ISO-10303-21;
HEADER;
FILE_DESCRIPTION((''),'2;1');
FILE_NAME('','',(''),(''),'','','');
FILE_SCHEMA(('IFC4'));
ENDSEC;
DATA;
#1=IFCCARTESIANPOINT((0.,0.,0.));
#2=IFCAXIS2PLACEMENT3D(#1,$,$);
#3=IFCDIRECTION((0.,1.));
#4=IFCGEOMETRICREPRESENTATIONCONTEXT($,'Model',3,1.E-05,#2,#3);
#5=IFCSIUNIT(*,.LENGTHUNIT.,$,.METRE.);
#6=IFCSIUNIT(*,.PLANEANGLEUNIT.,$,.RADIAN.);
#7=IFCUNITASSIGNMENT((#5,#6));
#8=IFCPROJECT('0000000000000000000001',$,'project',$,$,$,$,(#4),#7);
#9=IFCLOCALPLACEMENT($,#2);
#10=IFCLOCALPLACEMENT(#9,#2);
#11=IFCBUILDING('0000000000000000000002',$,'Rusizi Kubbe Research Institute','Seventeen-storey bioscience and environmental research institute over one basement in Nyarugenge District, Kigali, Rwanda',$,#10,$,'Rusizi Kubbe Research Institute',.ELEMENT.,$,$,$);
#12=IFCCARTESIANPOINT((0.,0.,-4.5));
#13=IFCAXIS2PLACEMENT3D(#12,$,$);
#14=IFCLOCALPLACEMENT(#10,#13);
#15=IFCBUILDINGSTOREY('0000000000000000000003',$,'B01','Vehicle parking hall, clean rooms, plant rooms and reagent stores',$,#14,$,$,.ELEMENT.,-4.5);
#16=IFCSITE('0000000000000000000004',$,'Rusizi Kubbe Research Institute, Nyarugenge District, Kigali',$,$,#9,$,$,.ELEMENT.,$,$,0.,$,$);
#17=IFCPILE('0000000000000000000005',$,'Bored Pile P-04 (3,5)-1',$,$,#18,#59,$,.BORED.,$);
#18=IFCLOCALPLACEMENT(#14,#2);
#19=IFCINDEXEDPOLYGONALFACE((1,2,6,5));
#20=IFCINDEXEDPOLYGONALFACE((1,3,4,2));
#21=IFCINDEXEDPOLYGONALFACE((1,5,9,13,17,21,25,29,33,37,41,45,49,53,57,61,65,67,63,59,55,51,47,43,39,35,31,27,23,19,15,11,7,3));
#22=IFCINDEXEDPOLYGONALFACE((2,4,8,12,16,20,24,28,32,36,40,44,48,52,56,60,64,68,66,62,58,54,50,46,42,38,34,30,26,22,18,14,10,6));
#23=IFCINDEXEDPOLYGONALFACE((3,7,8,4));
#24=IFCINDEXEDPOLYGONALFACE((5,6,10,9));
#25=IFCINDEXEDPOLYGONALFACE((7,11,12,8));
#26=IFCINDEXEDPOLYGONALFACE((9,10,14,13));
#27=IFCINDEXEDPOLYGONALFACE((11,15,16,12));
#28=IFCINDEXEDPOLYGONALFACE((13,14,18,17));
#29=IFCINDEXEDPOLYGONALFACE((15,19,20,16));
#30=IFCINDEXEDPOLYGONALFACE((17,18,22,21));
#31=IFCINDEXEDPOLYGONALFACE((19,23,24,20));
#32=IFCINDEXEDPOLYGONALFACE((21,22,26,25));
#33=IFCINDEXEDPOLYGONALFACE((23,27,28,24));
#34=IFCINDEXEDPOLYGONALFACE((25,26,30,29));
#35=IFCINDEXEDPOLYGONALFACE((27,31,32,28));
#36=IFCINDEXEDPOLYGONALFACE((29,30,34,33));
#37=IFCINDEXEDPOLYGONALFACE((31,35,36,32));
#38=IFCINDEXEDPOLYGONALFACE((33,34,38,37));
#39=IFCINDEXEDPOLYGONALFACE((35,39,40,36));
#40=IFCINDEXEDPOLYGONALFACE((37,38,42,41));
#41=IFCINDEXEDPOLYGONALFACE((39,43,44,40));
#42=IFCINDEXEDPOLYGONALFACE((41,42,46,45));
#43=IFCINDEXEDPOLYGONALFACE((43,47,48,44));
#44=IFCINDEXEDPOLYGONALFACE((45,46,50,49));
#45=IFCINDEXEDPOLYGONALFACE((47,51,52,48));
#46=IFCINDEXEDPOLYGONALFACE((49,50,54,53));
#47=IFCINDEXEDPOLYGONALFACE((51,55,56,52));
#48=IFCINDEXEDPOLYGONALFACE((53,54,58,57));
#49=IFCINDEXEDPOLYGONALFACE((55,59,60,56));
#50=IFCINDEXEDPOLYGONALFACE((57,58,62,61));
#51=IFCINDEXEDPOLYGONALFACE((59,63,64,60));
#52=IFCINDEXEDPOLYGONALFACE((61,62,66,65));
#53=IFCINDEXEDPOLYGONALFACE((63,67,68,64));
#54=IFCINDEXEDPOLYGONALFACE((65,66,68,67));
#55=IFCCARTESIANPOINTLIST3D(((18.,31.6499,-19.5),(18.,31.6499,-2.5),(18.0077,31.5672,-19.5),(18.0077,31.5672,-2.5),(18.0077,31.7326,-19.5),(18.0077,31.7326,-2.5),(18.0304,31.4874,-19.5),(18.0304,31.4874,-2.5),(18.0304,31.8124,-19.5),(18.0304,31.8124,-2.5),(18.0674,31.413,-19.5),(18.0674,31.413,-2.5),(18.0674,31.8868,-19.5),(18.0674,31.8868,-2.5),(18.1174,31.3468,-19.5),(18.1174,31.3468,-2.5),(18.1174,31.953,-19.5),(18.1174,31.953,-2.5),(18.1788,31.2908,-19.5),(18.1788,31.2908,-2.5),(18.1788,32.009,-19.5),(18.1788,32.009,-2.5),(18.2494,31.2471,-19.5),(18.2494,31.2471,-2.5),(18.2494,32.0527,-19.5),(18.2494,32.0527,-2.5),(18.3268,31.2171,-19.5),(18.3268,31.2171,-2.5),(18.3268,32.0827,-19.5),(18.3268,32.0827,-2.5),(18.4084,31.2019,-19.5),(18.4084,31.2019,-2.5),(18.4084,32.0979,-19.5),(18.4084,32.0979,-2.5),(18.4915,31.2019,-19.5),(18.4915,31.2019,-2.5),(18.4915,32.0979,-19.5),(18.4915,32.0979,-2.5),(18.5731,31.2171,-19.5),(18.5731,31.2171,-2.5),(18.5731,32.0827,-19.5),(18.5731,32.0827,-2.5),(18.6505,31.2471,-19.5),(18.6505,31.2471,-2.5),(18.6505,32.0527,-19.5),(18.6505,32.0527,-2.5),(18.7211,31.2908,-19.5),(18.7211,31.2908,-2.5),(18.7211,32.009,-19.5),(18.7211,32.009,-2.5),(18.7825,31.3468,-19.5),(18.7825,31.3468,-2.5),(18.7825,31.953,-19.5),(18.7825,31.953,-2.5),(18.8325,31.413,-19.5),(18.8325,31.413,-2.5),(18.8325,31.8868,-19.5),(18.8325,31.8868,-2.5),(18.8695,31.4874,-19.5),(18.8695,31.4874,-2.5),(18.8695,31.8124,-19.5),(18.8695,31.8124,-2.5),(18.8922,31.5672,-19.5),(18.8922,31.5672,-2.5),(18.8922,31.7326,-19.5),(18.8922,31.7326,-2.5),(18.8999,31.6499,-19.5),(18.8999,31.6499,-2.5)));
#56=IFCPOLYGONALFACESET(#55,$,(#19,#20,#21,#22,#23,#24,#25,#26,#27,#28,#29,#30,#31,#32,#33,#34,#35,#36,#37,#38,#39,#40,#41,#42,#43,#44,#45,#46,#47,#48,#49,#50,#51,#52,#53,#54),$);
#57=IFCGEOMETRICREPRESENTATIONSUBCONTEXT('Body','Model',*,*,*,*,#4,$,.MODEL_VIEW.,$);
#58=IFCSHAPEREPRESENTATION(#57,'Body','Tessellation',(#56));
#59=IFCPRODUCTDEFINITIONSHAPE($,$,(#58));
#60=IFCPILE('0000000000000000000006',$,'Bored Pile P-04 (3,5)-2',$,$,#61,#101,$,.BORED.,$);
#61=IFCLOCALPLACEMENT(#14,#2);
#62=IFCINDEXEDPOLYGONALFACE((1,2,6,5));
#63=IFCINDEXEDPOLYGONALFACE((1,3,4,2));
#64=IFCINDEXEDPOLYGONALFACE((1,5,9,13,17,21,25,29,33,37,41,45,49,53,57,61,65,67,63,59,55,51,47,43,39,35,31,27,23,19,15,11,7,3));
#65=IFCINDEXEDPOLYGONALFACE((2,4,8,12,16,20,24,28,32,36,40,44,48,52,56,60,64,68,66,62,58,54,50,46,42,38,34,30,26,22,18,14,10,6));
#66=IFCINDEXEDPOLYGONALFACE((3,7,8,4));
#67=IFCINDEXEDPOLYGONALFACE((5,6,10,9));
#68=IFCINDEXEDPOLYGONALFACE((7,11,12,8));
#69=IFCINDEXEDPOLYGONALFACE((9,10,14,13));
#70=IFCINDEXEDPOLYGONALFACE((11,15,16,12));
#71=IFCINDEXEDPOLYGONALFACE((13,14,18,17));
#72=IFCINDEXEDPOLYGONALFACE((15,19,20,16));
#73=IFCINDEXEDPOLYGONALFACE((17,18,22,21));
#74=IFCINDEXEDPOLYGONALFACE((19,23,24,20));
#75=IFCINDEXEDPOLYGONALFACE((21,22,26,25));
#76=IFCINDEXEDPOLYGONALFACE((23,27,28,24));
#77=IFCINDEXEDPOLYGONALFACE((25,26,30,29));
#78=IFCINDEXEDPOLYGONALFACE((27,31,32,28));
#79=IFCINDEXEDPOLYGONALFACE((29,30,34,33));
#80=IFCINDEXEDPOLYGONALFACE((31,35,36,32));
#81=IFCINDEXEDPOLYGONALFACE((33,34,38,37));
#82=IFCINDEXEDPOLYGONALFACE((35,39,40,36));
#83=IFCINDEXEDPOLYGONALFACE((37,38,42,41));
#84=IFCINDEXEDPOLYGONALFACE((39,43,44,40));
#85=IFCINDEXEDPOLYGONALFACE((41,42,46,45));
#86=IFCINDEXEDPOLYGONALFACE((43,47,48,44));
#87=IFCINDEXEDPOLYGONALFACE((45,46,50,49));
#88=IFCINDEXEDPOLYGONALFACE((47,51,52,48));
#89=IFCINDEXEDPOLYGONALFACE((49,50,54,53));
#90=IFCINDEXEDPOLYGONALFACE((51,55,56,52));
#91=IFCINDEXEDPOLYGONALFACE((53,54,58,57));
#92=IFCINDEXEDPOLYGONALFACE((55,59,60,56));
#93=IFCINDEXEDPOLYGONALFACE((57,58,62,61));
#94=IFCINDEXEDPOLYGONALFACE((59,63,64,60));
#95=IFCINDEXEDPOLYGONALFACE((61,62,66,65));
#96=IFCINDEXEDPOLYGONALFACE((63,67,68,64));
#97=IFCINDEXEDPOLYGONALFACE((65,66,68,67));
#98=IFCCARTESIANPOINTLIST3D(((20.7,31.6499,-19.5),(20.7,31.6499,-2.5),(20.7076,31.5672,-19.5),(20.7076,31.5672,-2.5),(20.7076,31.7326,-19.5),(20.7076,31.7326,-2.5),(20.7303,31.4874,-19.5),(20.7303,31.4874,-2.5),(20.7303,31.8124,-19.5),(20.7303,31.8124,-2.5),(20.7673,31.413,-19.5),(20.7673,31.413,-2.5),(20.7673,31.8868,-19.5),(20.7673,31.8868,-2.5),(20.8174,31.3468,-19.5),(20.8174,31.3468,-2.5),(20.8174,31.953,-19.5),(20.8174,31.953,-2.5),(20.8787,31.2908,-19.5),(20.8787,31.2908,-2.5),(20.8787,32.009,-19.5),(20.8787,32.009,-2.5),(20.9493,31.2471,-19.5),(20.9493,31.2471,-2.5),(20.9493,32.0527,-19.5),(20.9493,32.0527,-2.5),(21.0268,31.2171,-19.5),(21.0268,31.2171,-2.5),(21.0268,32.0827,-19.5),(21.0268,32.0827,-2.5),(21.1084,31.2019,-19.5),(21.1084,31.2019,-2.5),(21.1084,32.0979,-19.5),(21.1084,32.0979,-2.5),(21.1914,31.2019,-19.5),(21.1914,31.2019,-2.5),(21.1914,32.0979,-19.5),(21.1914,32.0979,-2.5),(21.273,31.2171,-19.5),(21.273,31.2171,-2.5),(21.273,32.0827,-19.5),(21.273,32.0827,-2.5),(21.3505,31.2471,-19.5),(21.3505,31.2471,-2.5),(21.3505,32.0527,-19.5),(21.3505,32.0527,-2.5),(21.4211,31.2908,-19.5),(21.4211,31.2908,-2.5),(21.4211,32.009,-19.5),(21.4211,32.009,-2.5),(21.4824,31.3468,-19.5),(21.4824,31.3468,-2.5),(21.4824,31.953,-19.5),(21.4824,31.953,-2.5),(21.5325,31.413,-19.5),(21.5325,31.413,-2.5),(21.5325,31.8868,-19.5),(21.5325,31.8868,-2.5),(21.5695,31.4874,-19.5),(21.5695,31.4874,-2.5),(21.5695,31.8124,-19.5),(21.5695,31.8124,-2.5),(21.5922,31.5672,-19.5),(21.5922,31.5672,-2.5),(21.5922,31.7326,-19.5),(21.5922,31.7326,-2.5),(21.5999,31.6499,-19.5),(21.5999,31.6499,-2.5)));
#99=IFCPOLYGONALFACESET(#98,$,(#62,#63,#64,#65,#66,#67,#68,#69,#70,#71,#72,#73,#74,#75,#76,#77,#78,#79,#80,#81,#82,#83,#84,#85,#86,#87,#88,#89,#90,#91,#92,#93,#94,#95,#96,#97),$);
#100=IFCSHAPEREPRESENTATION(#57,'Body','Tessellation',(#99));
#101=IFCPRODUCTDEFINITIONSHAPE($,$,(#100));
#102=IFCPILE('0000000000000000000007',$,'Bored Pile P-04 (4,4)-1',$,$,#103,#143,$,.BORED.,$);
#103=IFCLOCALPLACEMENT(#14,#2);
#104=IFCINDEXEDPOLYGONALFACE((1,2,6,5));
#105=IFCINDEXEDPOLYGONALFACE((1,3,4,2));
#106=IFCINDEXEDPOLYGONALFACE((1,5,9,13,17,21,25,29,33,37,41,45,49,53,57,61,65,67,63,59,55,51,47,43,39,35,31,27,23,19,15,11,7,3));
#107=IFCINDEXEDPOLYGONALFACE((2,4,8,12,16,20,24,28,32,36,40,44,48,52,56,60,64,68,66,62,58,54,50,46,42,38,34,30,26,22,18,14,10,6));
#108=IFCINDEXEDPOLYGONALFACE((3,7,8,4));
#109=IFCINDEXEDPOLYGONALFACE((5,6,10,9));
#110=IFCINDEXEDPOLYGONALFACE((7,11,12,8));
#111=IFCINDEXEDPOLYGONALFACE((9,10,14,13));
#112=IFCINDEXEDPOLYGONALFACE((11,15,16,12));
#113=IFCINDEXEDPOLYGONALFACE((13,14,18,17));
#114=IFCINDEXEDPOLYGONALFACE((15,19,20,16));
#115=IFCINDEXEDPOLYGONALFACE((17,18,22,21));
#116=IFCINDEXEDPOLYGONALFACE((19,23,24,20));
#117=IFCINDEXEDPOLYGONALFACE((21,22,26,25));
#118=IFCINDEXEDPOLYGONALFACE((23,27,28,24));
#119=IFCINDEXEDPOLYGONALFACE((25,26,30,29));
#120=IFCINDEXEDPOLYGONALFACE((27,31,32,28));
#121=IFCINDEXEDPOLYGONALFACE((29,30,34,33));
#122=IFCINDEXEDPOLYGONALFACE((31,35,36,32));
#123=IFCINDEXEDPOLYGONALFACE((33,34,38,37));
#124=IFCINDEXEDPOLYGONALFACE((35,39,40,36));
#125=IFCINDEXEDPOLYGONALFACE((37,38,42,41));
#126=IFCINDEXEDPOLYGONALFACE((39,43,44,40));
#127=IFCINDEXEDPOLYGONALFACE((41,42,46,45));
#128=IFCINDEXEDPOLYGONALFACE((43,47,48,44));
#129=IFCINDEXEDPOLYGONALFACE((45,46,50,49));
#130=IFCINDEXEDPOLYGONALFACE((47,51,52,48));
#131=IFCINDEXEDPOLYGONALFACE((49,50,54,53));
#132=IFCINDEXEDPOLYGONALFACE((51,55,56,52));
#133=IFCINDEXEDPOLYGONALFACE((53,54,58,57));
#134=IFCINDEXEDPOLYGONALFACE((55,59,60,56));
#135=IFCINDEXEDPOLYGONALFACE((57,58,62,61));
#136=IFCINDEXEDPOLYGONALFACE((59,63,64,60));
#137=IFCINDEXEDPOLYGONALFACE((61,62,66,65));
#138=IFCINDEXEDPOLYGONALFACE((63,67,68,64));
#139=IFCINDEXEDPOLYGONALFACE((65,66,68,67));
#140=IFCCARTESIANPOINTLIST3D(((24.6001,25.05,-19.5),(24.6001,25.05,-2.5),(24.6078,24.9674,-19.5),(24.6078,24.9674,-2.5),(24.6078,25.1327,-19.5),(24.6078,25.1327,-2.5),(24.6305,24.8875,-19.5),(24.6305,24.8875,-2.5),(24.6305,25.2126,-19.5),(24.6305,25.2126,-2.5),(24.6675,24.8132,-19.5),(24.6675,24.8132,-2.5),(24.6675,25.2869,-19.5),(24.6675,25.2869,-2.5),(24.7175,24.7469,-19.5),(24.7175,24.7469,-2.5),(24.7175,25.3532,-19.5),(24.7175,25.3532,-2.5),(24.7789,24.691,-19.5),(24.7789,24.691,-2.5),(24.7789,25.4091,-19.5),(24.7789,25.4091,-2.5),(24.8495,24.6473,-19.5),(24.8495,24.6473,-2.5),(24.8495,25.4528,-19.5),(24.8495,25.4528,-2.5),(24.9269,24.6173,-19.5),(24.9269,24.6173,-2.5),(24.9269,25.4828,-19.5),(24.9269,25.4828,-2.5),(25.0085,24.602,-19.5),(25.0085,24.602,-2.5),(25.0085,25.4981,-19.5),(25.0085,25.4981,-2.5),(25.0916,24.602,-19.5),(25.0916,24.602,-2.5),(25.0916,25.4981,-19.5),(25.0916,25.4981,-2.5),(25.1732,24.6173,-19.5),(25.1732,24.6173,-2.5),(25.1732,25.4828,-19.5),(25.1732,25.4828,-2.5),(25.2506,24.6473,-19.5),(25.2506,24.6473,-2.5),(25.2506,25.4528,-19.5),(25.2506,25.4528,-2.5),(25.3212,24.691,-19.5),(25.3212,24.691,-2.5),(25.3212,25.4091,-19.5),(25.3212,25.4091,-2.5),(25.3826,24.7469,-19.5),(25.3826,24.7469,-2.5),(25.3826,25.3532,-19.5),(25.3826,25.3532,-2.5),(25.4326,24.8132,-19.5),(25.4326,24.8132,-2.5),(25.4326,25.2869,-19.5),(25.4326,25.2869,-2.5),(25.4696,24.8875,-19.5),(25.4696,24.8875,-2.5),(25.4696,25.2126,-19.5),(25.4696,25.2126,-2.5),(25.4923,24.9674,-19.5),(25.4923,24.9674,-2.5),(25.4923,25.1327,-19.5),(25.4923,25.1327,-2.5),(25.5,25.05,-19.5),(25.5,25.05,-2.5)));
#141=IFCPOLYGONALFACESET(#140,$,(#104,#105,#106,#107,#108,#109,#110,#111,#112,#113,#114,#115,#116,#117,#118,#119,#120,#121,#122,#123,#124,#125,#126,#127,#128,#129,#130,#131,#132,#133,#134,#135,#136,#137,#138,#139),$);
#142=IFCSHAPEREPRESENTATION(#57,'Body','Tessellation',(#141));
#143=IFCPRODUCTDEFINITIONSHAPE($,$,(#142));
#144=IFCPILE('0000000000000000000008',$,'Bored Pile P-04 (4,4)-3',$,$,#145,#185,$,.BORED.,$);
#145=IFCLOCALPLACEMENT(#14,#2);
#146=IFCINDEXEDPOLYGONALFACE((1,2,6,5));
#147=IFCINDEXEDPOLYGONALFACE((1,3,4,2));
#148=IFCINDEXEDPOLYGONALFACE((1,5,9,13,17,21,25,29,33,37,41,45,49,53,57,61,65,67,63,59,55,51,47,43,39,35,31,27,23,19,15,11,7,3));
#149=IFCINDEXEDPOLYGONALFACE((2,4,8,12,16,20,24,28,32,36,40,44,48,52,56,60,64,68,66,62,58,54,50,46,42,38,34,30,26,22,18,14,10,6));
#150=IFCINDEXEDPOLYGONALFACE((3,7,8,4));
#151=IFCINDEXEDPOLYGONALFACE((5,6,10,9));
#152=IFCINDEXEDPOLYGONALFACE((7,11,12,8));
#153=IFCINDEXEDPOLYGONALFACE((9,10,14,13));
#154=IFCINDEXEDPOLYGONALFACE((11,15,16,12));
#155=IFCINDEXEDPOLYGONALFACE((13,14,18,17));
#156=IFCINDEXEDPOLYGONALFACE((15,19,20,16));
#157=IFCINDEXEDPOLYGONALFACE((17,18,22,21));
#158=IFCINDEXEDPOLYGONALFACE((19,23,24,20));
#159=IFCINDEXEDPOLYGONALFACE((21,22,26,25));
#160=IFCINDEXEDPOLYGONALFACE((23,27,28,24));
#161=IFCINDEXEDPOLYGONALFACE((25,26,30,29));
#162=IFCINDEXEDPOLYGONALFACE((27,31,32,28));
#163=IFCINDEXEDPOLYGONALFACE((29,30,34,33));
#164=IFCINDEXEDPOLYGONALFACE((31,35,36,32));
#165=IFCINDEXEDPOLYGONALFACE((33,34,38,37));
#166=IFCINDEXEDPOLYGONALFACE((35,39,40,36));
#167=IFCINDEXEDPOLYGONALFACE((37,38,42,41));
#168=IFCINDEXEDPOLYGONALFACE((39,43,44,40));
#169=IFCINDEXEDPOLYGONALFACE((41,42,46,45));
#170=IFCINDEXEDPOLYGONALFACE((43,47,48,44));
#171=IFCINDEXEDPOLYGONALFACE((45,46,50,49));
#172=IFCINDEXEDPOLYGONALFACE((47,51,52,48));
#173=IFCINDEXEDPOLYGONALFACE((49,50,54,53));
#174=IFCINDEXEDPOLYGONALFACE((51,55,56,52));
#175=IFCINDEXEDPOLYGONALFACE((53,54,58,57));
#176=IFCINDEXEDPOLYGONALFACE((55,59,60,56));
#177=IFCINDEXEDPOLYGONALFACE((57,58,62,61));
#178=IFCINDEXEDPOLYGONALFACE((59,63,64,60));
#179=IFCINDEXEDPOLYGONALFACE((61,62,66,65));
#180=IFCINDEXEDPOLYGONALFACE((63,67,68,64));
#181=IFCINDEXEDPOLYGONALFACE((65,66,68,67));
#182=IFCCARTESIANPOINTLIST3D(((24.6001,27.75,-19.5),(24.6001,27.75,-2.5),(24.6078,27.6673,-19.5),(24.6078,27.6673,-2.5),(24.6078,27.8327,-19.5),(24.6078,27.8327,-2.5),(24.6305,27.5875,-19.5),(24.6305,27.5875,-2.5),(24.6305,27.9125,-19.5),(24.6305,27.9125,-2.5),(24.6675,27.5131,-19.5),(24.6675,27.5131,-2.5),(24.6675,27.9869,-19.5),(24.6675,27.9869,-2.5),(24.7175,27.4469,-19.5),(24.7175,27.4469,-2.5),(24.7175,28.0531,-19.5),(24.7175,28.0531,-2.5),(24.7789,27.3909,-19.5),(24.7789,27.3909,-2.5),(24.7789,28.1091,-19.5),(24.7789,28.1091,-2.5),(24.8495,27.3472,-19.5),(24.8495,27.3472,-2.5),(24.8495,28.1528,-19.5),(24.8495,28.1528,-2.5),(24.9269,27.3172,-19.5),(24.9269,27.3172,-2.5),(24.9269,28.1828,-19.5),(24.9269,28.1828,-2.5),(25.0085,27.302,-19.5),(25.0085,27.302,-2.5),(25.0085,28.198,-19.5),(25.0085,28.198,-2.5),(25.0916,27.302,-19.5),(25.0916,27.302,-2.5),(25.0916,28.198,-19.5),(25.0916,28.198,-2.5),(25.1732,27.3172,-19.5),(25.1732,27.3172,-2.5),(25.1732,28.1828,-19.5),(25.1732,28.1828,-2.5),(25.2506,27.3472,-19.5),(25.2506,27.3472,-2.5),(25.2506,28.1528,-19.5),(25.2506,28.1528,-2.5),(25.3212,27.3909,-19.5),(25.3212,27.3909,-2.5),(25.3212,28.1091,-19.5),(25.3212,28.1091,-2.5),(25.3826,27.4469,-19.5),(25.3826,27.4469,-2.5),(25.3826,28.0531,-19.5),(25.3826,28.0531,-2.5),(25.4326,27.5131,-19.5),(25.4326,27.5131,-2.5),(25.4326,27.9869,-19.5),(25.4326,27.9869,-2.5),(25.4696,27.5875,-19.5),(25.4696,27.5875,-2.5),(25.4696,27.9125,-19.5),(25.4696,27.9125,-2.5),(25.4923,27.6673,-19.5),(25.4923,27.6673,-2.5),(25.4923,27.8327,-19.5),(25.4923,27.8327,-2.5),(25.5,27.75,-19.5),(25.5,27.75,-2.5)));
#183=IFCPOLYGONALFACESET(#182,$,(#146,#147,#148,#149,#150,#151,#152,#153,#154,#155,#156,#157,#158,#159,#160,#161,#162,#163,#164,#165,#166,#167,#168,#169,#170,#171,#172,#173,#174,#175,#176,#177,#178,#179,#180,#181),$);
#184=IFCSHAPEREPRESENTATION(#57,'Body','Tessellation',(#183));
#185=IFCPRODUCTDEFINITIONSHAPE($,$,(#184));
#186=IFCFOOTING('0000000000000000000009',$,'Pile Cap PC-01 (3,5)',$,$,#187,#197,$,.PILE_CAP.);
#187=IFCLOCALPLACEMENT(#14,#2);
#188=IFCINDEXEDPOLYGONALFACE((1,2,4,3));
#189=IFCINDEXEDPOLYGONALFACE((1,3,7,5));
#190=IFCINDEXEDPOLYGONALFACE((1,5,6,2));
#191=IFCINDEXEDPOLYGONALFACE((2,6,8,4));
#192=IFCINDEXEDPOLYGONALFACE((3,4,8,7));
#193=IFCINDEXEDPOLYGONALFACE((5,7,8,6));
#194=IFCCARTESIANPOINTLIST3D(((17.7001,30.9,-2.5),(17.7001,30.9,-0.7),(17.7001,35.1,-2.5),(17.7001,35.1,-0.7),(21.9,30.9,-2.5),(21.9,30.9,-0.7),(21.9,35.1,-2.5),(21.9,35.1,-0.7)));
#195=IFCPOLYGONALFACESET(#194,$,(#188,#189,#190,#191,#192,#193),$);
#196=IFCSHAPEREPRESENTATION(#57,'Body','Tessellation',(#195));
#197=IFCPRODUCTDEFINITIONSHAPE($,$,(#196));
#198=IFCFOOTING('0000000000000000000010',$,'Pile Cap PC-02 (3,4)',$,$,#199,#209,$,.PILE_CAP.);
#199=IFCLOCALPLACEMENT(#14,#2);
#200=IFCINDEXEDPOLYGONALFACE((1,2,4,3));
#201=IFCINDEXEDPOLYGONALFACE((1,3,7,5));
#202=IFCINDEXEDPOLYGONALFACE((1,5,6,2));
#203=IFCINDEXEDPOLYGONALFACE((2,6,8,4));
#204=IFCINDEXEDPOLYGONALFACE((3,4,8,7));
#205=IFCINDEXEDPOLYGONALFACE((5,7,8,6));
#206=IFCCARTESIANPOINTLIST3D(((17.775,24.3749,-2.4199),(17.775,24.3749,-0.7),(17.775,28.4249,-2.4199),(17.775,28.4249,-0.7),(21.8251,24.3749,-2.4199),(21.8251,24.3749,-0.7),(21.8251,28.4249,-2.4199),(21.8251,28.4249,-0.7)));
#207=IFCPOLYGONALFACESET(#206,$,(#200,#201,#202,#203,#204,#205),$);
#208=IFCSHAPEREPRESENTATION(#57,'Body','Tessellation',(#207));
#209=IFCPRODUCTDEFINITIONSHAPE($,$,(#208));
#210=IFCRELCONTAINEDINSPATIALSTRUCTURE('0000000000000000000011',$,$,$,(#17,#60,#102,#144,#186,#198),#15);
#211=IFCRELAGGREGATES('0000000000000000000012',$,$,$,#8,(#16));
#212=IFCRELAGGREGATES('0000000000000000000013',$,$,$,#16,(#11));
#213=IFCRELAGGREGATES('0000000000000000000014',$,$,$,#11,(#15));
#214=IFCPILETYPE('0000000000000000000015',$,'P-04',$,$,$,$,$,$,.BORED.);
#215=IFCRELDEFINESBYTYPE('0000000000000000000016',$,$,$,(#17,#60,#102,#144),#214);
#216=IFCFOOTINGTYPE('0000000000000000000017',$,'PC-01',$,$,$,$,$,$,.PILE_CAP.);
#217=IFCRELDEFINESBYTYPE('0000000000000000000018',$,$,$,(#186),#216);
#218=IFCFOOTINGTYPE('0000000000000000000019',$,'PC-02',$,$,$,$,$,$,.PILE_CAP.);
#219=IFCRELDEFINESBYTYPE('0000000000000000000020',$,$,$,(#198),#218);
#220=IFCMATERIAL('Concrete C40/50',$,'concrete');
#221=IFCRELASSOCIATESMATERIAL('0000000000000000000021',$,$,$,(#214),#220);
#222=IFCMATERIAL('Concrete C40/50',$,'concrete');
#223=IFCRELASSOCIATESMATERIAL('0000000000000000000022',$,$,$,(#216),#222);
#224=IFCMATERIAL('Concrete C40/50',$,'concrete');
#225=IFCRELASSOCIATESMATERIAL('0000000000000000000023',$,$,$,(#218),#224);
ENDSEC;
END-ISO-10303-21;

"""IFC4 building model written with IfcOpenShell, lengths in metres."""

from ifc_helpers import new_model, si_unit, direction, frame, origin, origin_2d, place, context, subcontext, project, spatial, rectangle, circle, extrude, material, material_profile, profile_set, type_object, element, save


model = new_model("IFC4")

# Units and contexts
model_context = context("Model", 3, precision=1e-05, world=origin(), true_north=direction((0.0, 1.0)))
body_context = subcontext(model_context, "Body", "Model", "MODEL_VIEW")
ifc_project = project(units=[si_unit("LENGTHUNIT", "METRE"), si_unit("PLANEANGLEUNIT", "RADIAN")], contexts=[model_context])

# Site, building, storey
site_placement = place(None, origin())
site = spatial("IfcSite", under=ifc_project, at=site_placement, Name="Rusizi Kubbe Research Institute, Nyarugenge District, Kigali", CompositionType="ELEMENT", RefElevation=0.0)
building_placement = place(site_placement, origin())
building = spatial("IfcBuilding", under=site, at=building_placement, Name="Rusizi Kubbe Research Institute", Description="Seventeen-storey bioscience and environmental research institute over one basement in Nyarugenge District, Kigali, Rwanda", LongName="Rusizi Kubbe Research Institute", CompositionType="ELEMENT")
storey_placement = place(building_placement, frame((0.0, 0.0, -4.5)))
storey = spatial("IfcBuildingStorey", under=building, at=storey_placement, Name="B01", Description="Vehicle parking hall, clean rooms, plant rooms and reagent stores", CompositionType="ELEMENT", Elevation=-4.5)

# Piles
ifc_material_1 = material(Name="Concrete C40/50", Category="concrete")
ifc_material_profile_1 = material_profile(ifc_material_1, circle(Radius=0.45, at=origin_2d()), Name="PILE-D900")
ifc_profile_set_1 = profile_set([ifc_material_profile_1], Name="Concrete C40/50")
pile_type_1 = type_object("IfcPileType", Name="P-04", PredefinedType="BORED", material=ifc_profile_set_1)
for number, where, z_axis, x_axis, name in (
    (1, (18.45, 31.6499, -2.5), (0.0, 0.0, -1.0), (1.0, 0.0, 0.0), "Bored Pile P-04 (3,5)-1"),
    (2, (21.1499, 31.6499, -2.5), (0.0, 0.0, -1.0), (1.0, 0.0, 0.0), "Bored Pile P-04 (3,5)-2"),
    (3, (25.05, 25.05, -2.5), (0.0, 0.0, -1.0), (1.0, 0.0, 0.0), "Bored Pile P-04 (4,4)-1"),
    (4, (25.05, 27.75, -2.5), (0.0, 0.0, -1.0), (1.0, 0.0, 0.0), "Bored Pile P-04 (4,4)-3"),
):
    element("IfcPile", number, at=place(storey_placement, frame(where, z_axis=z_axis, x_axis=x_axis)), inside=storey, type_object=pile_type_1, Name=name, PredefinedType="BORED", context=body_context, shape_type="SweptSolid", body=[
        extrude(circle(Radius=0.45, at=origin_2d()), origin(), (0.0, 0.0, 1.0), 17.0),
    ])

# Footings
ifc_material_2 = material(Name="Concrete C40/50", Category="concrete")
footing_type_1 = type_object("IfcFootingType", Name="PC-01", PredefinedType="PILE_CAP", material=ifc_material_2)
footing_1_placement = place(storey_placement, frame((19.8, 33.0, -2.5), z_axis=(0.0, 0.0, 1.0), x_axis=(1.0, 0.0, 0.0)))
element("IfcFooting", 5, at=footing_1_placement, inside=storey, type_object=footing_type_1, Name="Pile Cap PC-01 (3,5)", PredefinedType="PILE_CAP", context=body_context, shape_type="SweptSolid", body=[
    extrude(rectangle(XDim=4.2, YDim=4.2, at=origin_2d()), origin(), (0.0, 0.0, 1.0), 1.8),
])
ifc_material_3 = material(Name="Concrete C40/50", Category="concrete")
footing_type_2 = type_object("IfcFootingType", Name="PC-02", PredefinedType="PILE_CAP", material=ifc_material_3)
footing_2_placement = place(storey_placement, frame((19.8, 26.3999, -2.4199), z_axis=(0.0, 0.0, 1.0), x_axis=(1.0, 0.0, 0.0)))
element("IfcFooting", 6, at=footing_2_placement, inside=storey, type_object=footing_type_2, Name="Pile Cap PC-02 (3,4)", PredefinedType="PILE_CAP", context=body_context, shape_type="SweptSolid", body=[
    extrude(rectangle(XDim=4.05, YDim=4.05, at=origin_2d()), origin(), (0.0, 0.0, 1.0), 1.72),
])

save(model, "model.ifc")
